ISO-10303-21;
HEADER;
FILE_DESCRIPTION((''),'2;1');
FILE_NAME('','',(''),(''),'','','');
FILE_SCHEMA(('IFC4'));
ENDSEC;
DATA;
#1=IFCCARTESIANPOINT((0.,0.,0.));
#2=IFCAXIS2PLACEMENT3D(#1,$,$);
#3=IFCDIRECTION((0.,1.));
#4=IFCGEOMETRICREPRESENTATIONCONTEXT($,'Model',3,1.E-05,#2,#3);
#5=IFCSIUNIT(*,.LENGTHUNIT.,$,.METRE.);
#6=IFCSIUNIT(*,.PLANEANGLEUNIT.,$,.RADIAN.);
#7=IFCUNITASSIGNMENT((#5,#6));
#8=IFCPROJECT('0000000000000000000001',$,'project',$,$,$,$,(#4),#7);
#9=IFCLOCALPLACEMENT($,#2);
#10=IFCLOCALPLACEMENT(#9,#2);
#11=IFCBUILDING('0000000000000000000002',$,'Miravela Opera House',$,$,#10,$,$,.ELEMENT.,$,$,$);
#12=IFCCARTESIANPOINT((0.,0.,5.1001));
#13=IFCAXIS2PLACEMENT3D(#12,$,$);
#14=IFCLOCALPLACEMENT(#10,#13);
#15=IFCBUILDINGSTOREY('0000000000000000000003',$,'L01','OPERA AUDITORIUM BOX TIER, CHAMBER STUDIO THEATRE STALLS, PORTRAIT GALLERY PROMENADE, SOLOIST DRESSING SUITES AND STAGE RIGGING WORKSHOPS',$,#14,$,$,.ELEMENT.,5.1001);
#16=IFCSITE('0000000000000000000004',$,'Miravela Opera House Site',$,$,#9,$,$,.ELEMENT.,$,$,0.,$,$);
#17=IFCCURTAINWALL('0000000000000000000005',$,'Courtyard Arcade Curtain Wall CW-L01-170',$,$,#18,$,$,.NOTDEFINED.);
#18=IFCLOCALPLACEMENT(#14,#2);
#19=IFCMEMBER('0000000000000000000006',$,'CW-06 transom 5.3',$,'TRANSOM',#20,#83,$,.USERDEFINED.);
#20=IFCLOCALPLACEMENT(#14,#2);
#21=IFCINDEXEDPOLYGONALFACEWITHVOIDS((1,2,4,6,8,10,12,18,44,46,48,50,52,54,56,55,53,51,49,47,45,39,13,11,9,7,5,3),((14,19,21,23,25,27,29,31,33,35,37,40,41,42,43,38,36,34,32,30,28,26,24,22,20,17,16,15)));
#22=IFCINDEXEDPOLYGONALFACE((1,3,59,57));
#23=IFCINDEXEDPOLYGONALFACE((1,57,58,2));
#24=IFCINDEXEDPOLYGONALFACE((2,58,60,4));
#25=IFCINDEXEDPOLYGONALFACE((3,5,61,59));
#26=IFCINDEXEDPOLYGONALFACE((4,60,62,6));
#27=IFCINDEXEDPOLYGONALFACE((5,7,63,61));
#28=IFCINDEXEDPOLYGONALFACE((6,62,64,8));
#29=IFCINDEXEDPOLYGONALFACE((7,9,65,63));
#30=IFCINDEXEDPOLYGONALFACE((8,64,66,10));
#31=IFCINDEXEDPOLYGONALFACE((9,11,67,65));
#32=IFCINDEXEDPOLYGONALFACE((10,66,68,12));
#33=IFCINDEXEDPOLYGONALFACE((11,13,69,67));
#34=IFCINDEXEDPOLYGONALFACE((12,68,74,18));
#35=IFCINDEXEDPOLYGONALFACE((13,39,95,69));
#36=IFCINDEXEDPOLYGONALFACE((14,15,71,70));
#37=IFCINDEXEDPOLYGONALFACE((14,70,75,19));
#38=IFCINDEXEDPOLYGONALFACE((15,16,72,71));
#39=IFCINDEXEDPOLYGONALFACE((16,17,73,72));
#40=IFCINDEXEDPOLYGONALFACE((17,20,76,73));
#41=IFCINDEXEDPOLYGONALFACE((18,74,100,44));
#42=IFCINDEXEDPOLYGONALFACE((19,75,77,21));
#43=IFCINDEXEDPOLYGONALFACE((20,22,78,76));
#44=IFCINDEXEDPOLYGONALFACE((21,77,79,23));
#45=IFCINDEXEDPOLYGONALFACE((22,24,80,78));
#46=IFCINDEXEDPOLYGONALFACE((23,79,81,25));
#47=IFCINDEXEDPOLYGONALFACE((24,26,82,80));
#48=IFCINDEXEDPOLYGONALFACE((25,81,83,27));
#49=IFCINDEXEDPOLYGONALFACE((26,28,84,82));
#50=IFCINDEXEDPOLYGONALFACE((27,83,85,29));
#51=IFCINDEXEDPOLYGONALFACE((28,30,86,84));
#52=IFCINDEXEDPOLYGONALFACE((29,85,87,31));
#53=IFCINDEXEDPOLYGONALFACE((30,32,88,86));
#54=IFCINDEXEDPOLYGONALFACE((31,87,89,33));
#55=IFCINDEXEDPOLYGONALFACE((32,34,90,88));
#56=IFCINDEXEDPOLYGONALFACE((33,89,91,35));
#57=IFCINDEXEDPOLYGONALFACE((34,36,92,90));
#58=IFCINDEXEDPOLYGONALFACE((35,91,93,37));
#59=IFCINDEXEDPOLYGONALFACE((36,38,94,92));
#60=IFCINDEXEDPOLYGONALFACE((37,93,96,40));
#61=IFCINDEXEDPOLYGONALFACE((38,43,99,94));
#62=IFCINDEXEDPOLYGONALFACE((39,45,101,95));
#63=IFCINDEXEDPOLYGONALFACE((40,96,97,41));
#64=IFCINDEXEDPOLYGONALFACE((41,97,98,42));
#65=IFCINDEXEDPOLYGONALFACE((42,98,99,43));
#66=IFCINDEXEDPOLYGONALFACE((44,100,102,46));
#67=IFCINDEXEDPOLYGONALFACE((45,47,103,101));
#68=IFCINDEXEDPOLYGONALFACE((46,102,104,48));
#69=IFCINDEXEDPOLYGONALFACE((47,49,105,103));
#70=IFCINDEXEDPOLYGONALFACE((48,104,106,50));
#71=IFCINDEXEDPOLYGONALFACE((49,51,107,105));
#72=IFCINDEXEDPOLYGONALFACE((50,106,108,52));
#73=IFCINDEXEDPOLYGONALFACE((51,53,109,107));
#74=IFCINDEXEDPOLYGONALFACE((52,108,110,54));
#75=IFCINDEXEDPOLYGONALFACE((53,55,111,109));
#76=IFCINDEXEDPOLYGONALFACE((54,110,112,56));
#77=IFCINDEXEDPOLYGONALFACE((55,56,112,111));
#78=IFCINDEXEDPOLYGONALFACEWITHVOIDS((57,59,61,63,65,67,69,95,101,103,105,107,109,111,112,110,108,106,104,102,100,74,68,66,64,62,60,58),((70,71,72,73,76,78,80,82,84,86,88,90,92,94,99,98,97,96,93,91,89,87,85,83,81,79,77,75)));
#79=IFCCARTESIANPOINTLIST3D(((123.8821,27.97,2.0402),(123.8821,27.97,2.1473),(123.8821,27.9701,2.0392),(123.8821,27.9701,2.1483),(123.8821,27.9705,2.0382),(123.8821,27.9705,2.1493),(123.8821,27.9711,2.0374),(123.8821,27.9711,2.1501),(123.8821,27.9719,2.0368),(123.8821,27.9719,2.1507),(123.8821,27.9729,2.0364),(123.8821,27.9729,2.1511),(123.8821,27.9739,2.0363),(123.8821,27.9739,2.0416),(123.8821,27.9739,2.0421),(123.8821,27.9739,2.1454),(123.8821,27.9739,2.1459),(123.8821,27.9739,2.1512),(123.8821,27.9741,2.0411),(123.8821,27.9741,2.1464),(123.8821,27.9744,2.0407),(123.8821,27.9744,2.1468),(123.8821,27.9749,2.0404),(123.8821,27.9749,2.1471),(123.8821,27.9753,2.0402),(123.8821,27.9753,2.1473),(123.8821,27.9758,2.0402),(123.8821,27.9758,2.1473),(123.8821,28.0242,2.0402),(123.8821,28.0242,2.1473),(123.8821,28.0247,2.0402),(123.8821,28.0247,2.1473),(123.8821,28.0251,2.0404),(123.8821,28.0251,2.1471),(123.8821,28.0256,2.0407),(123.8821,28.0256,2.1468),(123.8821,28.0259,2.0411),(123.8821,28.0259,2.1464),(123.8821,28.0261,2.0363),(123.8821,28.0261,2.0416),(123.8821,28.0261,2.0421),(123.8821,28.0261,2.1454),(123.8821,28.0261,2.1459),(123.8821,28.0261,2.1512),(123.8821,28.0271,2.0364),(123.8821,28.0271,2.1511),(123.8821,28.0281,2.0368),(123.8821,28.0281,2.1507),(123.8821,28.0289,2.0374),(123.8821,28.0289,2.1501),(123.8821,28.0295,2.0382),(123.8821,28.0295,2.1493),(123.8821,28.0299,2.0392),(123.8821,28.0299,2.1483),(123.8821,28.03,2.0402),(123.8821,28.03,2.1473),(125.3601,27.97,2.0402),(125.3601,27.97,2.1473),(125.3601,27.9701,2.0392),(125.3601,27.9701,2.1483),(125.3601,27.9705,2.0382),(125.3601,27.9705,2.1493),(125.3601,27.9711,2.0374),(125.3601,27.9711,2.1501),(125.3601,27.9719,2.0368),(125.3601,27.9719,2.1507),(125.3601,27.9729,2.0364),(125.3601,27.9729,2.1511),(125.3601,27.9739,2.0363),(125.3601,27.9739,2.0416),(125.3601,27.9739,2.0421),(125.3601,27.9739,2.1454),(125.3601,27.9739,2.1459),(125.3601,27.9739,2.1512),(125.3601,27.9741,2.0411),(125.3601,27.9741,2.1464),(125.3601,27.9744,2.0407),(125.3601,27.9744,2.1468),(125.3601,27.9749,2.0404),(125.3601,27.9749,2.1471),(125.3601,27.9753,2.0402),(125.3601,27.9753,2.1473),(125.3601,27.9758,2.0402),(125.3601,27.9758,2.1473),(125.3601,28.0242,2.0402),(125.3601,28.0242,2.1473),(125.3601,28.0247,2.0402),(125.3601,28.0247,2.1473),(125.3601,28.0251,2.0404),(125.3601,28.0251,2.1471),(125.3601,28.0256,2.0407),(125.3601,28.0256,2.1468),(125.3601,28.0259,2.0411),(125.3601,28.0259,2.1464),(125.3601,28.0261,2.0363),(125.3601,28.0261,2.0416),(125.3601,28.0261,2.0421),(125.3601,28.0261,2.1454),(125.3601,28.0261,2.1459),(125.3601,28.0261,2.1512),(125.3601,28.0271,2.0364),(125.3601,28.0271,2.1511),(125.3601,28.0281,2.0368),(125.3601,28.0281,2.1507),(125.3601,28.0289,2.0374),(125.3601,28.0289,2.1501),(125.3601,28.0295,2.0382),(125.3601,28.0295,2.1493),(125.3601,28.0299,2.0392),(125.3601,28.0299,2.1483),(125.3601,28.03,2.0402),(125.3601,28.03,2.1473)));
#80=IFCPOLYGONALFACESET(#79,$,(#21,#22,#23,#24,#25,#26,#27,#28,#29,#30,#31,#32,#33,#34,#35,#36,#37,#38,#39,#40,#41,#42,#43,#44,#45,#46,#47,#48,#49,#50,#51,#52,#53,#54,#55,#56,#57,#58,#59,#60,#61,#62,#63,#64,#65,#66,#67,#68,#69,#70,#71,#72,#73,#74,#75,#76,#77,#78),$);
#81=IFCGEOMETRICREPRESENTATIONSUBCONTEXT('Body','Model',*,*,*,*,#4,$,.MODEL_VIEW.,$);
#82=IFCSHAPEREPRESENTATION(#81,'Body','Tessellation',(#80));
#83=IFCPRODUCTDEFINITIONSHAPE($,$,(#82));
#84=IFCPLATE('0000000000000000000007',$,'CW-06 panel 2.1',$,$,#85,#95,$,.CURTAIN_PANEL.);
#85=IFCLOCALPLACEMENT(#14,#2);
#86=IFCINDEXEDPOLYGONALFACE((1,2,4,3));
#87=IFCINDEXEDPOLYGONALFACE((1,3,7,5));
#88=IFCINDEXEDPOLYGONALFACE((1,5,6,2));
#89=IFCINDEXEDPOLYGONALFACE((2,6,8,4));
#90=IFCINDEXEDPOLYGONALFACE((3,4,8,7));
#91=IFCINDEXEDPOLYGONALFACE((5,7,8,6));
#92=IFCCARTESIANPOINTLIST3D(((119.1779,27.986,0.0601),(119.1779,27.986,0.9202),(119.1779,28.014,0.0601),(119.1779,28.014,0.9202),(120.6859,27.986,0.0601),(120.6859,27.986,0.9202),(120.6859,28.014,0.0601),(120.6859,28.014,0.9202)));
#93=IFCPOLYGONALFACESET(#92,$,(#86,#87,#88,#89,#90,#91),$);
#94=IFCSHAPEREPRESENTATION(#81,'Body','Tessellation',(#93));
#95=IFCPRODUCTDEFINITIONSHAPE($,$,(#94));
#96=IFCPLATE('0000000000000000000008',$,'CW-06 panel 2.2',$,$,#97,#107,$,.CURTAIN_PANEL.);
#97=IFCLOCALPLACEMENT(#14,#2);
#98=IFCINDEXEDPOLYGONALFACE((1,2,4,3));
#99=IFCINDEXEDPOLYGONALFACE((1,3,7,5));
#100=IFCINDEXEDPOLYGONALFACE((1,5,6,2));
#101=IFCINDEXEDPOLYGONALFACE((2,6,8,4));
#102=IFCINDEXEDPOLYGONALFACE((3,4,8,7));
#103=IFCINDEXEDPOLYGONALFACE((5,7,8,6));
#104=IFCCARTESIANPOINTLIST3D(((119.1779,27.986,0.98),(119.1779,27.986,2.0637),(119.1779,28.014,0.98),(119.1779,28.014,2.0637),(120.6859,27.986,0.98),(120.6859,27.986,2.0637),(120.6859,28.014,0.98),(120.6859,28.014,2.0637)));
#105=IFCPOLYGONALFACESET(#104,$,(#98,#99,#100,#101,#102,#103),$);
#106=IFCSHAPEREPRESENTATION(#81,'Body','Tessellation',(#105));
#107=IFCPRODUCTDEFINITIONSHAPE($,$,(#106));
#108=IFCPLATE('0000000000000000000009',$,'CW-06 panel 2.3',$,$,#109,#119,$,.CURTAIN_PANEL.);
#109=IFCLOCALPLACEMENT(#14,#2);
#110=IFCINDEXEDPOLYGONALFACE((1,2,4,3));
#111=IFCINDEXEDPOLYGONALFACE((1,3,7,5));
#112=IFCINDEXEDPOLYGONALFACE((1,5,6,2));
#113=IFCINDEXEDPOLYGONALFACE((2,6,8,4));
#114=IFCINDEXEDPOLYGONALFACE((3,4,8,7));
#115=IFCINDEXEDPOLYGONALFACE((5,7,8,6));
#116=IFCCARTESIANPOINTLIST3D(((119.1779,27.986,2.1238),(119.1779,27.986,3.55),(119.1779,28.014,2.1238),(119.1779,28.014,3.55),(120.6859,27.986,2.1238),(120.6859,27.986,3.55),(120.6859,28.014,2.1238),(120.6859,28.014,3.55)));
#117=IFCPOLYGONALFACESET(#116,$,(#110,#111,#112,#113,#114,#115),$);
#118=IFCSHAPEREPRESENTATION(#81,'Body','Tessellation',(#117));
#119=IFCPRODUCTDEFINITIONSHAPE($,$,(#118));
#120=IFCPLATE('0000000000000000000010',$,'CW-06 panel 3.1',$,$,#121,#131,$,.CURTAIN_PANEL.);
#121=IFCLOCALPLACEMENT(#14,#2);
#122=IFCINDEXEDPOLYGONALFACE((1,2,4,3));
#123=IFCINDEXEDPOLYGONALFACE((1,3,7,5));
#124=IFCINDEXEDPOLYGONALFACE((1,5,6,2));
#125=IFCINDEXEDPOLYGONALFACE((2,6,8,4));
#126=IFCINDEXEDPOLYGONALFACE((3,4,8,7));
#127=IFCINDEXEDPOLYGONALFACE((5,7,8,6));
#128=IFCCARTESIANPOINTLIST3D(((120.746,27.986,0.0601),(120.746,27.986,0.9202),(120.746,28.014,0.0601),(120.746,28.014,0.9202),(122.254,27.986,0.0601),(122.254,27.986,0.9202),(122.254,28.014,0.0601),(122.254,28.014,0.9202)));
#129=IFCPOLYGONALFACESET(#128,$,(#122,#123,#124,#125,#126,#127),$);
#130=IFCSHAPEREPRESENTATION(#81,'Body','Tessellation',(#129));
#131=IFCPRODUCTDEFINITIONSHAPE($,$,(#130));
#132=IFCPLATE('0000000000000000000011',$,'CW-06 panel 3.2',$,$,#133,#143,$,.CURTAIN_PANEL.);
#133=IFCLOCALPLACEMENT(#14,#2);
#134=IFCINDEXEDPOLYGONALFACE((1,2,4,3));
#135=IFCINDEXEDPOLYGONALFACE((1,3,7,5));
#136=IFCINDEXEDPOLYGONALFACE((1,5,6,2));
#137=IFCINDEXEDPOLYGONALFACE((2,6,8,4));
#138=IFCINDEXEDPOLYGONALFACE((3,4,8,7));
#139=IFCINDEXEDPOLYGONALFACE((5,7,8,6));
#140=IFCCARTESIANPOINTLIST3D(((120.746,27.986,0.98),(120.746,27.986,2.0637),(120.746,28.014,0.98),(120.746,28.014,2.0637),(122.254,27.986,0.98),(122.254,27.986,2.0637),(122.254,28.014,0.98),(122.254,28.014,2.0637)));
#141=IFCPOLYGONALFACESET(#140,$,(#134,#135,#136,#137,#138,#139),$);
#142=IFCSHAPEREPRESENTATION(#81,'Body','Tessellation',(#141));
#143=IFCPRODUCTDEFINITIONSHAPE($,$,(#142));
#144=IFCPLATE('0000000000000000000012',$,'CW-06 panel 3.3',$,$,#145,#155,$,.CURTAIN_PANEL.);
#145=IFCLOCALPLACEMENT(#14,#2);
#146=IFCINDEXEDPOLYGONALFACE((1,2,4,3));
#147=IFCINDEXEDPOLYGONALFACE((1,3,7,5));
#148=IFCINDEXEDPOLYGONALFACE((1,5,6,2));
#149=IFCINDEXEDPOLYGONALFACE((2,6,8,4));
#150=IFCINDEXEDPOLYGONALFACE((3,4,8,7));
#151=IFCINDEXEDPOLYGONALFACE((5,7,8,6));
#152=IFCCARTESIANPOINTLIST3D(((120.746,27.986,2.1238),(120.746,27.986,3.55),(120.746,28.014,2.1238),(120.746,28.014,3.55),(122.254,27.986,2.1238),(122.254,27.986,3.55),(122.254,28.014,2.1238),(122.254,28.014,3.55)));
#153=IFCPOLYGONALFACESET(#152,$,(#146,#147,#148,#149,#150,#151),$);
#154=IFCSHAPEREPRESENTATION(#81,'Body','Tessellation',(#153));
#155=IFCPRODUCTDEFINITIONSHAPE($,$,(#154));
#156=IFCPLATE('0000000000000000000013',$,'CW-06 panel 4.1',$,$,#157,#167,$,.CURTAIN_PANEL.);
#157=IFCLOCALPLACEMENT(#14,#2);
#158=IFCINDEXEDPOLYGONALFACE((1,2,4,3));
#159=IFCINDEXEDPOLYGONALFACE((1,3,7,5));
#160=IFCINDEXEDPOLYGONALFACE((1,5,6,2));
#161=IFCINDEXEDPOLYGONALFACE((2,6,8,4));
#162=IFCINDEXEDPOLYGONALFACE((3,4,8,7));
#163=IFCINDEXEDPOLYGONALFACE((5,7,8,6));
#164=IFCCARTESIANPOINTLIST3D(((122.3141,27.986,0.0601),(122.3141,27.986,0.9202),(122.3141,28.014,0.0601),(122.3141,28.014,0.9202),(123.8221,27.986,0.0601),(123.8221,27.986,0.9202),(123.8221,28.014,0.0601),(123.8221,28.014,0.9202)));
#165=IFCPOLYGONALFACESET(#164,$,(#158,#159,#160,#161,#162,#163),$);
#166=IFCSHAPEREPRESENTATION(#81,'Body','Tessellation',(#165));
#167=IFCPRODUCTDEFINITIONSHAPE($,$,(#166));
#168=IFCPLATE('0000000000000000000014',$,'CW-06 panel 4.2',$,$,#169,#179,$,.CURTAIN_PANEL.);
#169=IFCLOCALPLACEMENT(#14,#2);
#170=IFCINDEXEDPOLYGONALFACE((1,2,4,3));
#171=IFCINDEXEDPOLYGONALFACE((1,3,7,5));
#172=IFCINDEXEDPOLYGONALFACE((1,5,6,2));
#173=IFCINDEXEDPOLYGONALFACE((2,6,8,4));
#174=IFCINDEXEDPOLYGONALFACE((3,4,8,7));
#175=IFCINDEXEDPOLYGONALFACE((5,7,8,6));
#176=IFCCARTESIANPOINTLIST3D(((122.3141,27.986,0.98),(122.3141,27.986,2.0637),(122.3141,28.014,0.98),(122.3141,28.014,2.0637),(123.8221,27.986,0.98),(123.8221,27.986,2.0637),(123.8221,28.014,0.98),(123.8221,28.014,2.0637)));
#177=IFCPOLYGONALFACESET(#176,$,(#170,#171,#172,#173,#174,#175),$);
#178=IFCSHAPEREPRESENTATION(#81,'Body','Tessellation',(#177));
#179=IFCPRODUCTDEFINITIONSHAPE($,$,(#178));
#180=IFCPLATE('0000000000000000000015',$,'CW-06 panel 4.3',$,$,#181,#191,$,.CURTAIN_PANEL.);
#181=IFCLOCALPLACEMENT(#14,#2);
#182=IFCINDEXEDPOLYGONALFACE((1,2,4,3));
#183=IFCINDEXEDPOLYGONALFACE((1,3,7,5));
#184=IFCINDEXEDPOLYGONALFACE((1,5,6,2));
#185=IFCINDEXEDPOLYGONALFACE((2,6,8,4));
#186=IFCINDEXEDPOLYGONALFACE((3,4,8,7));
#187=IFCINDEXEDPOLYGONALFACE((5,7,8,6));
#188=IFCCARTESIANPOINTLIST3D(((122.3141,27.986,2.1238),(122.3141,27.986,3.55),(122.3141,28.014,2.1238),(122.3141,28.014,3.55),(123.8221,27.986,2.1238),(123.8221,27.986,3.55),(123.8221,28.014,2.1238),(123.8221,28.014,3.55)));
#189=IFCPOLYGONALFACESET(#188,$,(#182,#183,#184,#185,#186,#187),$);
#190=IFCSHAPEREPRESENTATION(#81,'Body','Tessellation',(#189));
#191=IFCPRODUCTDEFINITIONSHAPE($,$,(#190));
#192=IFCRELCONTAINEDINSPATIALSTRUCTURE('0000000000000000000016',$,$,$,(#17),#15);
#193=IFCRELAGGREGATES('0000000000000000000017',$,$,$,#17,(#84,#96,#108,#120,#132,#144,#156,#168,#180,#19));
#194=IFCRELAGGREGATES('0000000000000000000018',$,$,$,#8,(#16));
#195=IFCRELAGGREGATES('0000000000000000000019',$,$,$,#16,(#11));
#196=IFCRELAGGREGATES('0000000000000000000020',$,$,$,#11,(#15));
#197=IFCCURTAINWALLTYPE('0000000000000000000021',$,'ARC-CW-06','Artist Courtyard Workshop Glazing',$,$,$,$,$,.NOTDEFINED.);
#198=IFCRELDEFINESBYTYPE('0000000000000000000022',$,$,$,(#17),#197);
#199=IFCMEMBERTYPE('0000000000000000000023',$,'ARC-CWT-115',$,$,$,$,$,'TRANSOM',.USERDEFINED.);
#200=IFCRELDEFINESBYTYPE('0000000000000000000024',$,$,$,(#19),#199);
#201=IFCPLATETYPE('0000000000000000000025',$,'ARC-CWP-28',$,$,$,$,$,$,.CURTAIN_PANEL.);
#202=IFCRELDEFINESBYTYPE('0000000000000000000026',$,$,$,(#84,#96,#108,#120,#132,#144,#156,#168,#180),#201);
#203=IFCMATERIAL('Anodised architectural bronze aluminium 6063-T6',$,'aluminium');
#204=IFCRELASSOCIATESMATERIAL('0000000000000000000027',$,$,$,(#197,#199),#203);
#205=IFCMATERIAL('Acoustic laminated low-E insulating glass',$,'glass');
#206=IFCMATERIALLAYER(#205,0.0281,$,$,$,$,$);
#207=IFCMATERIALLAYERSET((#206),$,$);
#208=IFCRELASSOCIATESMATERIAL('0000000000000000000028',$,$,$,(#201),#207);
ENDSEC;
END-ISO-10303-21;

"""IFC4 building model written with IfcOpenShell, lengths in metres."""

from ifc_helpers import new_model, si_unit, direction, frame, origin, origin_2d, place, context, subcontext, project, spatial, rectangle, hollow_rectangle, extrude, material, layer, layer_set, material_profile, profile_set, type_object, element, aggregate, save


model = new_model("IFC4")

# Units and contexts
model_context = context("Model", 3, precision=1e-05, world=origin(), true_north=direction((0.0, 1.0)))
body_context = subcontext(model_context, "Body", "Model", "MODEL_VIEW")
ifc_project = project(units=[si_unit("LENGTHUNIT", "METRE"), si_unit("PLANEANGLEUNIT", "RADIAN")], contexts=[model_context])

# Site, building, storey
site_placement = place(None, origin())
site = spatial("IfcSite", under=ifc_project, at=site_placement, Name="Miravela Opera House Site", CompositionType="ELEMENT", RefElevation=0.0)
building_placement = place(site_placement, origin())
building = spatial("IfcBuilding", under=site, at=building_placement, Name="Miravela Opera House", CompositionType="ELEMENT")
storey_placement = place(building_placement, frame((0.0, 0.0, 5.1001)))
storey = spatial("IfcBuildingStorey", under=building, at=storey_placement, Name="L01", Description="OPERA AUDITORIUM BOX TIER, CHAMBER STUDIO THEATRE STALLS, PORTRAIT GALLERY PROMENADE, SOLOIST DRESSING SUITES AND STAGE RIGGING WORKSHOPS", CompositionType="ELEMENT", Elevation=5.1001)

# Curtain wall, member, plates
ifc_material_1 = material(Name="Anodised architectural bronze aluminium 6063-T6", Category="aluminium")
curtain_wall_type = type_object("IfcCurtainWallType", Name="ARC-CW-06", Description="Artist Courtyard Workshop Glazing", PredefinedType="NOTDEFINED", material=ifc_material_1)
curtain_wall_placement = place(storey_placement, origin())
curtain_wall = element("IfcCurtainWall", 1, at=curtain_wall_placement, inside=storey, type_object=curtain_wall_type, Name="Courtyard Arcade Curtain Wall CW-L01-170", PredefinedType="NOTDEFINED")
ifc_material_profile_1 = material_profile(ifc_material_1, hollow_rectangle(XDim=0.0601, YDim=0.115, WallThickness=0.0039, InnerFilletRadius=0.002, OuterFilletRadius=0.0039, at=origin_2d()), Name="CWT-60X115")
ifc_profile_set_1 = profile_set([ifc_material_profile_1])
member_type_1 = type_object("IfcMemberType", Name="ARC-CWT-115", ElementType="TRANSOM", PredefinedType="USERDEFINED", material=ifc_profile_set_1)
member_1_placement = place(storey_placement, frame((123.8821, 28.0, 2.0938), z_axis=(1.0, 0.0, 0.0), x_axis=(0.0, 1.0, 0.0)))
member_1 = element("IfcMember", 2, at=member_1_placement, type_object=member_type_1, Name="CW-06 transom 5.3", ObjectType="TRANSOM", PredefinedType="USERDEFINED", context=body_context, shape_type="SweptSolid", body=[
    extrude(hollow_rectangle(XDim=0.0601, YDim=0.115, WallThickness=0.0039, InnerFilletRadius=0.002, OuterFilletRadius=0.0039, at=origin_2d()), origin(), (0.0, 0.0, 1.0), 1.478),
])
ifc_material_2 = material(Name="Acoustic laminated low-E insulating glass", Category="glass")
ifc_layer = layer(ifc_material_2, 0.0281)
ifc_layer_set = layer_set([ifc_layer])
plate_type = type_object("IfcPlateType", Name="ARC-CWP-28", PredefinedType="CURTAIN_PANEL", material=ifc_layer_set)
plate_1_placement = place(storey_placement, frame((119.9319, 28.0, 0.0601), z_axis=(0.0, 0.0, 1.0), x_axis=(1.0, 0.0, 0.0)))
plate_1 = element("IfcPlate", 3, at=plate_1_placement, type_object=plate_type, Name="CW-06 panel 2.1", PredefinedType="CURTAIN_PANEL", context=body_context, shape_type="SweptSolid", body=[
    extrude(rectangle(XDim=1.5081, YDim=0.0281, at=origin_2d()), origin(), (0.0, 0.0, 1.0), 0.8601),
])
plate_2_placement = place(storey_placement, frame((119.9319, 28.0, 0.98), z_axis=(0.0, 0.0, 1.0), x_axis=(1.0, 0.0, 0.0)))
plate_2 = element("IfcPlate", 4, at=plate_2_placement, type_object=plate_type, Name="CW-06 panel 2.2", PredefinedType="CURTAIN_PANEL", context=body_context, shape_type="SweptSolid", body=[
    extrude(rectangle(XDim=1.5081, YDim=0.0281, at=origin_2d()), origin(), (0.0, 0.0, 1.0), 1.0837),
])
plate_3_placement = place(storey_placement, frame((119.9319, 28.0, 2.1238), z_axis=(0.0, 0.0, 1.0), x_axis=(1.0, 0.0, 0.0)))
plate_3 = element("IfcPlate", 5, at=plate_3_placement, type_object=plate_type, Name="CW-06 panel 2.3", PredefinedType="CURTAIN_PANEL", context=body_context, shape_type="SweptSolid", body=[
    extrude(rectangle(XDim=1.5081, YDim=0.0281, at=origin_2d()), origin(), (0.0, 0.0, 1.0), 1.4263),
])
plate_4_placement = place(storey_placement, frame((121.5, 28.0, 0.0601), z_axis=(0.0, 0.0, 1.0), x_axis=(1.0, 0.0, 0.0)))
plate_4 = element("IfcPlate", 6, at=plate_4_placement, type_object=plate_type, Name="CW-06 panel 3.1", PredefinedType="CURTAIN_PANEL", context=body_context, shape_type="SweptSolid", body=[
    extrude(rectangle(XDim=1.5081, YDim=0.0281, at=origin_2d()), origin(), (0.0, 0.0, 1.0), 0.8601),
])
plate_5_placement = place(storey_placement, frame((121.5, 28.0, 0.98), z_axis=(0.0, 0.0, 1.0), x_axis=(1.0, 0.0, 0.0)))
plate_5 = element("IfcPlate", 7, at=plate_5_placement, type_object=plate_type, Name="CW-06 panel 3.2", PredefinedType="CURTAIN_PANEL", context=body_context, shape_type="SweptSolid", body=[
    extrude(rectangle(XDim=1.5081, YDim=0.0281, at=origin_2d()), origin(), (0.0, 0.0, 1.0), 1.0837),
])
plate_6_placement = place(storey_placement, frame((121.5, 28.0, 2.1238), z_axis=(0.0, 0.0, 1.0), x_axis=(1.0, 0.0, 0.0)))
plate_6 = element("IfcPlate", 8, at=plate_6_placement, type_object=plate_type, Name="CW-06 panel 3.3", PredefinedType="CURTAIN_PANEL", context=body_context, shape_type="SweptSolid", body=[
    extrude(rectangle(XDim=1.5081, YDim=0.0281, at=origin_2d()), origin(), (0.0, 0.0, 1.0), 1.4263),
])
plate_7_placement = place(storey_placement, frame((123.0681, 28.0, 0.0601), z_axis=(0.0, 0.0, 1.0), x_axis=(1.0, 0.0, 0.0)))
plate_7 = element("IfcPlate", 9, at=plate_7_placement, type_object=plate_type, Name="CW-06 panel 4.1", PredefinedType="CURTAIN_PANEL", context=body_context, shape_type="SweptSolid", body=[
    extrude(rectangle(XDim=1.5081, YDim=0.0281, at=origin_2d()), origin(), (0.0, 0.0, 1.0), 0.8601),
])
plate_8_placement = place(storey_placement, frame((123.0681, 28.0, 0.98), z_axis=(0.0, 0.0, 1.0), x_axis=(1.0, 0.0, 0.0)))
plate_8 = element("IfcPlate", 10, at=plate_8_placement, type_object=plate_type, Name="CW-06 panel 4.2", PredefinedType="CURTAIN_PANEL", context=body_context, shape_type="SweptSolid", body=[
    extrude(rectangle(XDim=1.5081, YDim=0.0281, at=origin_2d()), origin(), (0.0, 0.0, 1.0), 1.0837),
])
plate_9_placement = place(storey_placement, frame((123.0681, 28.0, 2.1238), z_axis=(0.0, 0.0, 1.0), x_axis=(1.0, 0.0, 0.0)))
plate_9 = element("IfcPlate", 11, at=plate_9_placement, type_object=plate_type, Name="CW-06 panel 4.3", PredefinedType="CURTAIN_PANEL", context=body_context, shape_type="SweptSolid", body=[
    extrude(rectangle(XDim=1.5081, YDim=0.0281, at=origin_2d()), origin(), (0.0, 0.0, 1.0), 1.4263),
])
aggregate(curtain_wall, [plate_1, plate_2, plate_3, plate_4, plate_5, plate_6, plate_7, plate_8, plate_9, member_1])

save(model, "model.ifc")
